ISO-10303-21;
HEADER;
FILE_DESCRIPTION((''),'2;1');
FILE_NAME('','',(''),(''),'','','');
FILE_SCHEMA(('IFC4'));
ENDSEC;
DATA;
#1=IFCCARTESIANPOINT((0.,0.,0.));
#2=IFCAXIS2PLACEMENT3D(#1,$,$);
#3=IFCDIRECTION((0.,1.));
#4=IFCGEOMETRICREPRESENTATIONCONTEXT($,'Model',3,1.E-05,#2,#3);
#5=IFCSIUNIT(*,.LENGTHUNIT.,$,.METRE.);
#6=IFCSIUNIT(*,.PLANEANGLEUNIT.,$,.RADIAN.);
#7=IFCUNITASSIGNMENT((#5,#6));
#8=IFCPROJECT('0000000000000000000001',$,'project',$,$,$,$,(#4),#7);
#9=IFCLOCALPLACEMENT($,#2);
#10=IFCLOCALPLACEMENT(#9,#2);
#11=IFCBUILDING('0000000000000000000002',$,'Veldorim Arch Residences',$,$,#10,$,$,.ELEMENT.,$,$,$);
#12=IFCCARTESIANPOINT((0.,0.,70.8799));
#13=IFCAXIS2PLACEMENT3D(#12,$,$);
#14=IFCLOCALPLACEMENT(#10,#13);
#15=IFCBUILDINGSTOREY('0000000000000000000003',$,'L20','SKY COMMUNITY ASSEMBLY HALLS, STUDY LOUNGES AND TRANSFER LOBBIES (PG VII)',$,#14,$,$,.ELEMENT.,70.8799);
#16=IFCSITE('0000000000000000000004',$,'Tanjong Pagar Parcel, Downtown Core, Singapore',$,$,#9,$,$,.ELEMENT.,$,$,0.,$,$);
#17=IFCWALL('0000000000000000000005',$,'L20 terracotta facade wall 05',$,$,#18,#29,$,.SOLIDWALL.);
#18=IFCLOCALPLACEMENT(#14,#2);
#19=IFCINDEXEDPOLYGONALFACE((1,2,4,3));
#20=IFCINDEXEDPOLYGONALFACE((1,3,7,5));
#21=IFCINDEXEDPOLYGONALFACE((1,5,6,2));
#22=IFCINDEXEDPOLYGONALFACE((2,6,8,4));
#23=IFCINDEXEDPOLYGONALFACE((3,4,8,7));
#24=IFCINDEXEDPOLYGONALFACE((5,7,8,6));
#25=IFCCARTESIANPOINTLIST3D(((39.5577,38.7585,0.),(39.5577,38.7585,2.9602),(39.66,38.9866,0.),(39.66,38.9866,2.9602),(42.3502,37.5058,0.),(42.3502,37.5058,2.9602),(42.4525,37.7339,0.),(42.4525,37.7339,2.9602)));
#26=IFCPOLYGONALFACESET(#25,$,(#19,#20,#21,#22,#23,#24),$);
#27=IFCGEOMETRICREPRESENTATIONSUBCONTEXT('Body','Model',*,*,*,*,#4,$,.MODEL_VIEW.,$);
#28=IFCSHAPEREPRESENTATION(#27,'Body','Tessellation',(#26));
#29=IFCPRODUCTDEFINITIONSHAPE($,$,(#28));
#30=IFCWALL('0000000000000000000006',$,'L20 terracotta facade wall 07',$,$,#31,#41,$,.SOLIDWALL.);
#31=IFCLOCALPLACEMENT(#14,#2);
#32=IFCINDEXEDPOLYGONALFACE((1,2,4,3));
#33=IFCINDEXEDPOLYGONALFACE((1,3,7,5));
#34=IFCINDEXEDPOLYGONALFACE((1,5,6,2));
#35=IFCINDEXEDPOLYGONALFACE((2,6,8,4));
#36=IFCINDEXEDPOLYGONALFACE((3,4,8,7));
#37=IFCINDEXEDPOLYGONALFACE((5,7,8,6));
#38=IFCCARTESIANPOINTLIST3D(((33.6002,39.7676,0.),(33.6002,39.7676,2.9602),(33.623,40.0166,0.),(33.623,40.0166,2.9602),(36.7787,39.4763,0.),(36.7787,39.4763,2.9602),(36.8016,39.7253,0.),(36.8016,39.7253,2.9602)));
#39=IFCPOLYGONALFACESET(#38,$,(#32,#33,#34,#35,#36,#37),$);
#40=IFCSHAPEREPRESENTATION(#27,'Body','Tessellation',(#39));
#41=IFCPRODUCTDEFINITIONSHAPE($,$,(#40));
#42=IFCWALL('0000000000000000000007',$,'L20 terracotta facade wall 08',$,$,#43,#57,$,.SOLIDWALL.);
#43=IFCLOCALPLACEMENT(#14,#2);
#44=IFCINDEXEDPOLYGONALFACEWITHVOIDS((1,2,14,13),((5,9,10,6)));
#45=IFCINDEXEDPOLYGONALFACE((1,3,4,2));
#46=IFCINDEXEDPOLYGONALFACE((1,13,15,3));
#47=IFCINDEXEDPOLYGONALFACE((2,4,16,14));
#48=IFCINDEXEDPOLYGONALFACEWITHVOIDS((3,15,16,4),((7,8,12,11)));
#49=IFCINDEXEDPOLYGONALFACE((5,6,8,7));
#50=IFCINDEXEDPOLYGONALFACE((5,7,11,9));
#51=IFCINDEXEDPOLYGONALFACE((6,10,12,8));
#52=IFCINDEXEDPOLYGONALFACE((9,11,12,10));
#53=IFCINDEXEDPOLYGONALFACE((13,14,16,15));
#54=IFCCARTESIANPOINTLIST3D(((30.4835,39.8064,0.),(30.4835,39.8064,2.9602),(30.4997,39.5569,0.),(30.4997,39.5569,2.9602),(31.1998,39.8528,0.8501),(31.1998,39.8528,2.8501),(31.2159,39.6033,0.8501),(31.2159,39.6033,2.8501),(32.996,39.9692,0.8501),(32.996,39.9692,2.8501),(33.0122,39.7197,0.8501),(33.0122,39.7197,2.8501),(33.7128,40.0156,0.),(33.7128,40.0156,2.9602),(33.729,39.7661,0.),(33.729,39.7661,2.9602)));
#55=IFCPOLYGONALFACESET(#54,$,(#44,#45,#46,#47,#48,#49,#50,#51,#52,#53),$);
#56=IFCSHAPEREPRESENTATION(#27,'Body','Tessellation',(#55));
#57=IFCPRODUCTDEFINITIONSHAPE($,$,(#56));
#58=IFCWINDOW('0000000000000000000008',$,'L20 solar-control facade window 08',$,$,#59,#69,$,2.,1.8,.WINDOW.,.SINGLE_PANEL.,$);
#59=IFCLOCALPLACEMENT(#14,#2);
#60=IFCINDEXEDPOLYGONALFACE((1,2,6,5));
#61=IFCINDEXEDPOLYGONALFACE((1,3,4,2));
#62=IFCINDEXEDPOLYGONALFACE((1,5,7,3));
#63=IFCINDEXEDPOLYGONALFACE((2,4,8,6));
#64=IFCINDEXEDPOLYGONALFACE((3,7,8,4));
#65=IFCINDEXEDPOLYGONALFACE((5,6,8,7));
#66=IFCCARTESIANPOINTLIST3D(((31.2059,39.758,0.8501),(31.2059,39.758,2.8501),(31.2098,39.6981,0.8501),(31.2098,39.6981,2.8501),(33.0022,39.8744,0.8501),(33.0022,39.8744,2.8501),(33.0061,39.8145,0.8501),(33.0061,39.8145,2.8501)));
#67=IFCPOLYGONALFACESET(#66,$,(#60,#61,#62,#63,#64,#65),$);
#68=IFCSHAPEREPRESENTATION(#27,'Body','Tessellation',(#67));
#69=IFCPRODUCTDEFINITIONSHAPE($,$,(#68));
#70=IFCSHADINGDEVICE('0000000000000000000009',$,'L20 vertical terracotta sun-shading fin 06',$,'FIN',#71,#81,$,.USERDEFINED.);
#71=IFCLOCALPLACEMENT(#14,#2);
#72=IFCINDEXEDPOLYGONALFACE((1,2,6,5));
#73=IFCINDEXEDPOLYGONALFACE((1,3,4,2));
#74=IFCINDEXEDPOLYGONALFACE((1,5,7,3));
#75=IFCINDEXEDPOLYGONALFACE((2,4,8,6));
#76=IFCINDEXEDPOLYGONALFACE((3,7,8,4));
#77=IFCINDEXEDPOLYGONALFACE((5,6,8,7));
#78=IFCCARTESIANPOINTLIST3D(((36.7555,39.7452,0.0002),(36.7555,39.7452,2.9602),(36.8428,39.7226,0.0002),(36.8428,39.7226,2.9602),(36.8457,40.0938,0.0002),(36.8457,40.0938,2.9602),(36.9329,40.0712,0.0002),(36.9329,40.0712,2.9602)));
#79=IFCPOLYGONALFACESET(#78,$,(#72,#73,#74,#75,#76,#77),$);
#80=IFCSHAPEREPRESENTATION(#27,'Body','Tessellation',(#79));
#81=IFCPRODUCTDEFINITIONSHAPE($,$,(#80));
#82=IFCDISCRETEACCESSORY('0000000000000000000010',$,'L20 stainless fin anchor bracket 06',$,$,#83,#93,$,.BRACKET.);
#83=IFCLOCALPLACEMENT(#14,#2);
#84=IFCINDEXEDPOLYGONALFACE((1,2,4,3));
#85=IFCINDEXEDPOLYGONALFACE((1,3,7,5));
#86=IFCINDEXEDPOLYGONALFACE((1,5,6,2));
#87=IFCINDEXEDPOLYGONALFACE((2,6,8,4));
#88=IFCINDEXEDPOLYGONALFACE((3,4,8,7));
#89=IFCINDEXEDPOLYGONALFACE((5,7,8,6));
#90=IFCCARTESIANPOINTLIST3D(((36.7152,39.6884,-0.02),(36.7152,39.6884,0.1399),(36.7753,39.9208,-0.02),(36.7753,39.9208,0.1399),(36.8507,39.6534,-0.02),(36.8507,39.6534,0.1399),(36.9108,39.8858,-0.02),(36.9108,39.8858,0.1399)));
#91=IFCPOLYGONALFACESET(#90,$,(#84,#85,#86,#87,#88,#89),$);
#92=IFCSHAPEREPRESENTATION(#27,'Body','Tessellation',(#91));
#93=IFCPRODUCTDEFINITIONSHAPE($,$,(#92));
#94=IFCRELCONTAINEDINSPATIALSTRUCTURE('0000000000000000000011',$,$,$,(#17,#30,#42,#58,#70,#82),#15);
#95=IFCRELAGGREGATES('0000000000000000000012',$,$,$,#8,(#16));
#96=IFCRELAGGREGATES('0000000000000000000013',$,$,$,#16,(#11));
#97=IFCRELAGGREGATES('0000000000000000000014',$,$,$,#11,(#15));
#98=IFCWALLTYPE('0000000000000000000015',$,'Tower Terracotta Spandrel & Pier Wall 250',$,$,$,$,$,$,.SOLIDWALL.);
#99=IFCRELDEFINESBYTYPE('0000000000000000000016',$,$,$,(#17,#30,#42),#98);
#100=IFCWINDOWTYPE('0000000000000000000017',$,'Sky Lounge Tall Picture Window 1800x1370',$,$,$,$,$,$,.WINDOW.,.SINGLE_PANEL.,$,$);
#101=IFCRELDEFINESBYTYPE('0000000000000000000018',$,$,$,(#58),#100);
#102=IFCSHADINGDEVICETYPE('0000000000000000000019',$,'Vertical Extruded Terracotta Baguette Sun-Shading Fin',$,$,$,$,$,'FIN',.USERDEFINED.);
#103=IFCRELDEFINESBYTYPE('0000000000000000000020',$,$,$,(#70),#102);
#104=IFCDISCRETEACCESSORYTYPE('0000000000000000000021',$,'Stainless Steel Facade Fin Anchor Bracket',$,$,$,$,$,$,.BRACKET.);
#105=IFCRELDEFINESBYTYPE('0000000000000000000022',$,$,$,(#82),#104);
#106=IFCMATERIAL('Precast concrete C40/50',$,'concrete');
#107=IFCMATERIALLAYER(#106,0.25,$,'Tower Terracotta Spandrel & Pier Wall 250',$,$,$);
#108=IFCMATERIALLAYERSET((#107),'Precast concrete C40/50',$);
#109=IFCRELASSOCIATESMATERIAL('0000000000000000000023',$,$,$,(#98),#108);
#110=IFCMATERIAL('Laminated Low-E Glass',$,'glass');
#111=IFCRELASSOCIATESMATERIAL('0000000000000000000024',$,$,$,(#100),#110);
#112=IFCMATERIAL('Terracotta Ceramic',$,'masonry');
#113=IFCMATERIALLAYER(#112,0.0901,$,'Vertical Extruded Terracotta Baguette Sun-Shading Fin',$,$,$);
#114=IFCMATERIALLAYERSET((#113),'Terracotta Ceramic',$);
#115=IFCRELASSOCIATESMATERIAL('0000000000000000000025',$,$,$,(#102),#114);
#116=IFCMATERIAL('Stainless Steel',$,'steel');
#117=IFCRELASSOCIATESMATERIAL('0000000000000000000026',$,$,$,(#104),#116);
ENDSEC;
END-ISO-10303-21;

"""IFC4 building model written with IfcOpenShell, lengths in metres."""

from ifc_helpers import new_model, si_unit, direction, frame, frame_2d, origin, origin_2d, place, context, subcontext, project, spatial, rectangle, extrude, material, layer, layer_set, type_object, element, fill, save


model = new_model("IFC4")

# Units and contexts
model_context = context("Model", 3, precision=1e-05, world=origin(), true_north=direction((0.0, 1.0)))
body_context = subcontext(model_context, "Body", "Model", "MODEL_VIEW")
ifc_project = project(units=[si_unit("LENGTHUNIT", "METRE"), si_unit("PLANEANGLEUNIT", "RADIAN")], contexts=[model_context])

# Site, building, storey
site_placement = place(None, origin())
site = spatial("IfcSite", under=ifc_project, at=site_placement, Name="Tanjong Pagar Parcel, Downtown Core, Singapore", CompositionType="ELEMENT", RefElevation=0.0)
building_placement = place(site_placement, origin())
building = spatial("IfcBuilding", under=site, at=building_placement, Name="Veldorim Arch Residences", CompositionType="ELEMENT")
storey_placement = place(building_placement, frame((0.0, 0.0, 70.8799)))
storey = spatial("IfcBuildingStorey", under=building, at=storey_placement, Name="L20", Description="SKY COMMUNITY ASSEMBLY HALLS, STUDY LOUNGES AND TRANSFER LOBBIES (PG VII)", CompositionType="ELEMENT", Elevation=70.8799)

# Shared definitions
ifc_material_1 = material(Name="Precast concrete C40/50", Category="concrete")
ifc_layer_1 = layer(ifc_material_1, 0.25, Name="Tower Terracotta Spandrel & Pier Wall 250")
ifc_layer_set_1 = layer_set([ifc_layer_1], Name="Precast concrete C40/50")
wall_type_1 = type_object("IfcWallType", Name="Tower Terracotta Spandrel & Pier Wall 250", PredefinedType="SOLIDWALL", material=ifc_layer_set_1)
ifc_material_2 = material(Name="Laminated Low-E Glass", Category="glass")
window_type = type_object("IfcWindowType", Name="Sky Lounge Tall Picture Window 1800x1370", PartitioningType="SINGLE_PANEL", PredefinedType="WINDOW", material=ifc_material_2)

# Walls
wall_1_placement = place(storey_placement, frame((39.6089, 38.8726, 0.0), z_axis=(0.0, 0.0, 1.0), x_axis=(0.912401, -0.409296, 0.0)))
element("IfcWall", 1, at=wall_1_placement, inside=storey, type_object=wall_type_1, Name="L20 terracotta facade wall 05", PredefinedType="SOLIDWALL", context=body_context, shape_type="SweptSolid", body=[
    extrude(rectangle(XDim=3.0605, YDim=0.25, at=frame_2d((1.5303, 0.0))), origin(), (0.0, 0.0, 1.0), 2.9602),
])
wall_2_placement = place(storey_placement, frame((33.6116, 39.8921, 0.0), z_axis=(0.0, 0.0, 1.0), x_axis=(0.995828, -0.091253, 0.0)))
element("IfcWall", 2, at=wall_2_placement, inside=storey, type_object=wall_type_1, Name="L20 terracotta facade wall 07", PredefinedType="SOLIDWALL", context=body_context, shape_type="SweptSolid", body=[
    extrude(rectangle(XDim=3.1919, YDim=0.25, at=frame_2d((1.5959, 0.0))), origin(), (0.0, 0.0, 1.0), 2.9602),
])

# Wall, opening, window
wall_3_placement = place(storey_placement, frame((30.4915, 39.6816, 0.0), z_axis=(0.0, 0.0, 1.0), x_axis=(0.997908, 0.064656, 0.0)))
wall_3 = element("IfcWall", 3, at=wall_3_placement, inside=storey, type_object=wall_type_1, Name="L20 terracotta facade wall 08", PredefinedType="SOLIDWALL", context=body_context, shape_type="SweptSolid", body=[
    extrude(rectangle(XDim=3.2361, YDim=0.25, at=frame_2d((1.6182, 0.0))), origin(), (0.0, 0.0, 1.0), 2.9602),
])
opening_1_placement = place(wall_3_placement, frame((0.718, 0.0, 0.8501)))
opening_1 = element("IfcOpeningElement", 4, at=opening_1_placement, cuts=wall_3, PredefinedType="OPENING", context=body_context, shape_type="SweptSolid", body=[
    extrude(rectangle(XDim=1.8, YDim=2.0, at=frame_2d((0.8999, 1.0))), frame((0.0, 0.135, 0.0), z_axis=(0.0, -1.0, 0.0), x_axis=(1.0, 0.0, 0.0)), (0.0, 0.0, 1.0), 0.27),
])
window_1_placement = place(opening_1_placement, origin())
window_1 = element("IfcWindow", 5, at=window_1_placement, inside=storey, type_object=window_type, Name="L20 solar-control facade window 08", OverallHeight=2.0, OverallWidth=1.8, PartitioningType="SINGLE_PANEL", PredefinedType="WINDOW", context=body_context, shape_type="SweptSolid", body=[
    extrude(rectangle(XDim=1.8, YDim=2.0, at=frame_2d((0.8999, 1.0))), frame((0.0, 0.03, 0.0), z_axis=(0.0, -1.0, 0.0), x_axis=(1.0, 0.0, 0.0)), (0.0, 0.0, 1.0), 0.0601),
])
fill(opening_1, window_1)

# Shading device
ifc_material_3 = material(Name="Terracotta Ceramic", Category="masonry")
ifc_layer_2 = layer(ifc_material_3, 0.0901, Name="Vertical Extruded Terracotta Baguette Sun-Shading Fin")
ifc_layer_set_2 = layer_set([ifc_layer_2], Name="Terracotta Ceramic")
shading_device_type = type_object("IfcShadingDeviceType", Name="Vertical Extruded Terracotta Baguette Sun-Shading Fin", ElementType="FIN", PredefinedType="USERDEFINED", material=ifc_layer_set_2)
shading_device_placement = place(storey_placement, frame((36.8442, 39.9082, 0.0002), z_axis=(0.0, 0.0, 1.0), x_axis=(0.968148, -0.25038, 0.0)))
element("IfcShadingDevice", 6, at=shading_device_placement, inside=storey, type_object=shading_device_type, Name="L20 vertical terracotta sun-shading fin 06", ObjectType="FIN", PredefinedType="USERDEFINED", context=body_context, shape_type="SweptSolid", body=[
    extrude(rectangle(XDim=0.0901, YDim=0.3601, at=origin_2d()), origin(), (0.0, 0.0, 1.0), 2.96),
])

# Discrete accessory
ifc_material_4 = material(Name="Stainless Steel", Category="steel")
discrete_accessory_type = type_object("IfcDiscreteAccessoryType", Name="Stainless Steel Facade Fin Anchor Bracket", PredefinedType="BRACKET", material=ifc_material_4)
discrete_accessory_placement = place(storey_placement, frame((36.813, 39.7871, -0.02), z_axis=(0.0, 0.0, 1.0), x_axis=(0.968148, -0.25038, 0.0)))
element("IfcDiscreteAccessory", 7, at=discrete_accessory_placement, inside=storey, type_object=discrete_accessory_type, Name="L20 stainless fin anchor bracket 06", PredefinedType="BRACKET", context=body_context, shape_type="SweptSolid", body=[
    extrude(rectangle(XDim=0.1399, YDim=0.24, at=origin_2d()), origin(), (0.0, 0.0, 1.0), 0.1599),
])

save(model, "model.ifc")
